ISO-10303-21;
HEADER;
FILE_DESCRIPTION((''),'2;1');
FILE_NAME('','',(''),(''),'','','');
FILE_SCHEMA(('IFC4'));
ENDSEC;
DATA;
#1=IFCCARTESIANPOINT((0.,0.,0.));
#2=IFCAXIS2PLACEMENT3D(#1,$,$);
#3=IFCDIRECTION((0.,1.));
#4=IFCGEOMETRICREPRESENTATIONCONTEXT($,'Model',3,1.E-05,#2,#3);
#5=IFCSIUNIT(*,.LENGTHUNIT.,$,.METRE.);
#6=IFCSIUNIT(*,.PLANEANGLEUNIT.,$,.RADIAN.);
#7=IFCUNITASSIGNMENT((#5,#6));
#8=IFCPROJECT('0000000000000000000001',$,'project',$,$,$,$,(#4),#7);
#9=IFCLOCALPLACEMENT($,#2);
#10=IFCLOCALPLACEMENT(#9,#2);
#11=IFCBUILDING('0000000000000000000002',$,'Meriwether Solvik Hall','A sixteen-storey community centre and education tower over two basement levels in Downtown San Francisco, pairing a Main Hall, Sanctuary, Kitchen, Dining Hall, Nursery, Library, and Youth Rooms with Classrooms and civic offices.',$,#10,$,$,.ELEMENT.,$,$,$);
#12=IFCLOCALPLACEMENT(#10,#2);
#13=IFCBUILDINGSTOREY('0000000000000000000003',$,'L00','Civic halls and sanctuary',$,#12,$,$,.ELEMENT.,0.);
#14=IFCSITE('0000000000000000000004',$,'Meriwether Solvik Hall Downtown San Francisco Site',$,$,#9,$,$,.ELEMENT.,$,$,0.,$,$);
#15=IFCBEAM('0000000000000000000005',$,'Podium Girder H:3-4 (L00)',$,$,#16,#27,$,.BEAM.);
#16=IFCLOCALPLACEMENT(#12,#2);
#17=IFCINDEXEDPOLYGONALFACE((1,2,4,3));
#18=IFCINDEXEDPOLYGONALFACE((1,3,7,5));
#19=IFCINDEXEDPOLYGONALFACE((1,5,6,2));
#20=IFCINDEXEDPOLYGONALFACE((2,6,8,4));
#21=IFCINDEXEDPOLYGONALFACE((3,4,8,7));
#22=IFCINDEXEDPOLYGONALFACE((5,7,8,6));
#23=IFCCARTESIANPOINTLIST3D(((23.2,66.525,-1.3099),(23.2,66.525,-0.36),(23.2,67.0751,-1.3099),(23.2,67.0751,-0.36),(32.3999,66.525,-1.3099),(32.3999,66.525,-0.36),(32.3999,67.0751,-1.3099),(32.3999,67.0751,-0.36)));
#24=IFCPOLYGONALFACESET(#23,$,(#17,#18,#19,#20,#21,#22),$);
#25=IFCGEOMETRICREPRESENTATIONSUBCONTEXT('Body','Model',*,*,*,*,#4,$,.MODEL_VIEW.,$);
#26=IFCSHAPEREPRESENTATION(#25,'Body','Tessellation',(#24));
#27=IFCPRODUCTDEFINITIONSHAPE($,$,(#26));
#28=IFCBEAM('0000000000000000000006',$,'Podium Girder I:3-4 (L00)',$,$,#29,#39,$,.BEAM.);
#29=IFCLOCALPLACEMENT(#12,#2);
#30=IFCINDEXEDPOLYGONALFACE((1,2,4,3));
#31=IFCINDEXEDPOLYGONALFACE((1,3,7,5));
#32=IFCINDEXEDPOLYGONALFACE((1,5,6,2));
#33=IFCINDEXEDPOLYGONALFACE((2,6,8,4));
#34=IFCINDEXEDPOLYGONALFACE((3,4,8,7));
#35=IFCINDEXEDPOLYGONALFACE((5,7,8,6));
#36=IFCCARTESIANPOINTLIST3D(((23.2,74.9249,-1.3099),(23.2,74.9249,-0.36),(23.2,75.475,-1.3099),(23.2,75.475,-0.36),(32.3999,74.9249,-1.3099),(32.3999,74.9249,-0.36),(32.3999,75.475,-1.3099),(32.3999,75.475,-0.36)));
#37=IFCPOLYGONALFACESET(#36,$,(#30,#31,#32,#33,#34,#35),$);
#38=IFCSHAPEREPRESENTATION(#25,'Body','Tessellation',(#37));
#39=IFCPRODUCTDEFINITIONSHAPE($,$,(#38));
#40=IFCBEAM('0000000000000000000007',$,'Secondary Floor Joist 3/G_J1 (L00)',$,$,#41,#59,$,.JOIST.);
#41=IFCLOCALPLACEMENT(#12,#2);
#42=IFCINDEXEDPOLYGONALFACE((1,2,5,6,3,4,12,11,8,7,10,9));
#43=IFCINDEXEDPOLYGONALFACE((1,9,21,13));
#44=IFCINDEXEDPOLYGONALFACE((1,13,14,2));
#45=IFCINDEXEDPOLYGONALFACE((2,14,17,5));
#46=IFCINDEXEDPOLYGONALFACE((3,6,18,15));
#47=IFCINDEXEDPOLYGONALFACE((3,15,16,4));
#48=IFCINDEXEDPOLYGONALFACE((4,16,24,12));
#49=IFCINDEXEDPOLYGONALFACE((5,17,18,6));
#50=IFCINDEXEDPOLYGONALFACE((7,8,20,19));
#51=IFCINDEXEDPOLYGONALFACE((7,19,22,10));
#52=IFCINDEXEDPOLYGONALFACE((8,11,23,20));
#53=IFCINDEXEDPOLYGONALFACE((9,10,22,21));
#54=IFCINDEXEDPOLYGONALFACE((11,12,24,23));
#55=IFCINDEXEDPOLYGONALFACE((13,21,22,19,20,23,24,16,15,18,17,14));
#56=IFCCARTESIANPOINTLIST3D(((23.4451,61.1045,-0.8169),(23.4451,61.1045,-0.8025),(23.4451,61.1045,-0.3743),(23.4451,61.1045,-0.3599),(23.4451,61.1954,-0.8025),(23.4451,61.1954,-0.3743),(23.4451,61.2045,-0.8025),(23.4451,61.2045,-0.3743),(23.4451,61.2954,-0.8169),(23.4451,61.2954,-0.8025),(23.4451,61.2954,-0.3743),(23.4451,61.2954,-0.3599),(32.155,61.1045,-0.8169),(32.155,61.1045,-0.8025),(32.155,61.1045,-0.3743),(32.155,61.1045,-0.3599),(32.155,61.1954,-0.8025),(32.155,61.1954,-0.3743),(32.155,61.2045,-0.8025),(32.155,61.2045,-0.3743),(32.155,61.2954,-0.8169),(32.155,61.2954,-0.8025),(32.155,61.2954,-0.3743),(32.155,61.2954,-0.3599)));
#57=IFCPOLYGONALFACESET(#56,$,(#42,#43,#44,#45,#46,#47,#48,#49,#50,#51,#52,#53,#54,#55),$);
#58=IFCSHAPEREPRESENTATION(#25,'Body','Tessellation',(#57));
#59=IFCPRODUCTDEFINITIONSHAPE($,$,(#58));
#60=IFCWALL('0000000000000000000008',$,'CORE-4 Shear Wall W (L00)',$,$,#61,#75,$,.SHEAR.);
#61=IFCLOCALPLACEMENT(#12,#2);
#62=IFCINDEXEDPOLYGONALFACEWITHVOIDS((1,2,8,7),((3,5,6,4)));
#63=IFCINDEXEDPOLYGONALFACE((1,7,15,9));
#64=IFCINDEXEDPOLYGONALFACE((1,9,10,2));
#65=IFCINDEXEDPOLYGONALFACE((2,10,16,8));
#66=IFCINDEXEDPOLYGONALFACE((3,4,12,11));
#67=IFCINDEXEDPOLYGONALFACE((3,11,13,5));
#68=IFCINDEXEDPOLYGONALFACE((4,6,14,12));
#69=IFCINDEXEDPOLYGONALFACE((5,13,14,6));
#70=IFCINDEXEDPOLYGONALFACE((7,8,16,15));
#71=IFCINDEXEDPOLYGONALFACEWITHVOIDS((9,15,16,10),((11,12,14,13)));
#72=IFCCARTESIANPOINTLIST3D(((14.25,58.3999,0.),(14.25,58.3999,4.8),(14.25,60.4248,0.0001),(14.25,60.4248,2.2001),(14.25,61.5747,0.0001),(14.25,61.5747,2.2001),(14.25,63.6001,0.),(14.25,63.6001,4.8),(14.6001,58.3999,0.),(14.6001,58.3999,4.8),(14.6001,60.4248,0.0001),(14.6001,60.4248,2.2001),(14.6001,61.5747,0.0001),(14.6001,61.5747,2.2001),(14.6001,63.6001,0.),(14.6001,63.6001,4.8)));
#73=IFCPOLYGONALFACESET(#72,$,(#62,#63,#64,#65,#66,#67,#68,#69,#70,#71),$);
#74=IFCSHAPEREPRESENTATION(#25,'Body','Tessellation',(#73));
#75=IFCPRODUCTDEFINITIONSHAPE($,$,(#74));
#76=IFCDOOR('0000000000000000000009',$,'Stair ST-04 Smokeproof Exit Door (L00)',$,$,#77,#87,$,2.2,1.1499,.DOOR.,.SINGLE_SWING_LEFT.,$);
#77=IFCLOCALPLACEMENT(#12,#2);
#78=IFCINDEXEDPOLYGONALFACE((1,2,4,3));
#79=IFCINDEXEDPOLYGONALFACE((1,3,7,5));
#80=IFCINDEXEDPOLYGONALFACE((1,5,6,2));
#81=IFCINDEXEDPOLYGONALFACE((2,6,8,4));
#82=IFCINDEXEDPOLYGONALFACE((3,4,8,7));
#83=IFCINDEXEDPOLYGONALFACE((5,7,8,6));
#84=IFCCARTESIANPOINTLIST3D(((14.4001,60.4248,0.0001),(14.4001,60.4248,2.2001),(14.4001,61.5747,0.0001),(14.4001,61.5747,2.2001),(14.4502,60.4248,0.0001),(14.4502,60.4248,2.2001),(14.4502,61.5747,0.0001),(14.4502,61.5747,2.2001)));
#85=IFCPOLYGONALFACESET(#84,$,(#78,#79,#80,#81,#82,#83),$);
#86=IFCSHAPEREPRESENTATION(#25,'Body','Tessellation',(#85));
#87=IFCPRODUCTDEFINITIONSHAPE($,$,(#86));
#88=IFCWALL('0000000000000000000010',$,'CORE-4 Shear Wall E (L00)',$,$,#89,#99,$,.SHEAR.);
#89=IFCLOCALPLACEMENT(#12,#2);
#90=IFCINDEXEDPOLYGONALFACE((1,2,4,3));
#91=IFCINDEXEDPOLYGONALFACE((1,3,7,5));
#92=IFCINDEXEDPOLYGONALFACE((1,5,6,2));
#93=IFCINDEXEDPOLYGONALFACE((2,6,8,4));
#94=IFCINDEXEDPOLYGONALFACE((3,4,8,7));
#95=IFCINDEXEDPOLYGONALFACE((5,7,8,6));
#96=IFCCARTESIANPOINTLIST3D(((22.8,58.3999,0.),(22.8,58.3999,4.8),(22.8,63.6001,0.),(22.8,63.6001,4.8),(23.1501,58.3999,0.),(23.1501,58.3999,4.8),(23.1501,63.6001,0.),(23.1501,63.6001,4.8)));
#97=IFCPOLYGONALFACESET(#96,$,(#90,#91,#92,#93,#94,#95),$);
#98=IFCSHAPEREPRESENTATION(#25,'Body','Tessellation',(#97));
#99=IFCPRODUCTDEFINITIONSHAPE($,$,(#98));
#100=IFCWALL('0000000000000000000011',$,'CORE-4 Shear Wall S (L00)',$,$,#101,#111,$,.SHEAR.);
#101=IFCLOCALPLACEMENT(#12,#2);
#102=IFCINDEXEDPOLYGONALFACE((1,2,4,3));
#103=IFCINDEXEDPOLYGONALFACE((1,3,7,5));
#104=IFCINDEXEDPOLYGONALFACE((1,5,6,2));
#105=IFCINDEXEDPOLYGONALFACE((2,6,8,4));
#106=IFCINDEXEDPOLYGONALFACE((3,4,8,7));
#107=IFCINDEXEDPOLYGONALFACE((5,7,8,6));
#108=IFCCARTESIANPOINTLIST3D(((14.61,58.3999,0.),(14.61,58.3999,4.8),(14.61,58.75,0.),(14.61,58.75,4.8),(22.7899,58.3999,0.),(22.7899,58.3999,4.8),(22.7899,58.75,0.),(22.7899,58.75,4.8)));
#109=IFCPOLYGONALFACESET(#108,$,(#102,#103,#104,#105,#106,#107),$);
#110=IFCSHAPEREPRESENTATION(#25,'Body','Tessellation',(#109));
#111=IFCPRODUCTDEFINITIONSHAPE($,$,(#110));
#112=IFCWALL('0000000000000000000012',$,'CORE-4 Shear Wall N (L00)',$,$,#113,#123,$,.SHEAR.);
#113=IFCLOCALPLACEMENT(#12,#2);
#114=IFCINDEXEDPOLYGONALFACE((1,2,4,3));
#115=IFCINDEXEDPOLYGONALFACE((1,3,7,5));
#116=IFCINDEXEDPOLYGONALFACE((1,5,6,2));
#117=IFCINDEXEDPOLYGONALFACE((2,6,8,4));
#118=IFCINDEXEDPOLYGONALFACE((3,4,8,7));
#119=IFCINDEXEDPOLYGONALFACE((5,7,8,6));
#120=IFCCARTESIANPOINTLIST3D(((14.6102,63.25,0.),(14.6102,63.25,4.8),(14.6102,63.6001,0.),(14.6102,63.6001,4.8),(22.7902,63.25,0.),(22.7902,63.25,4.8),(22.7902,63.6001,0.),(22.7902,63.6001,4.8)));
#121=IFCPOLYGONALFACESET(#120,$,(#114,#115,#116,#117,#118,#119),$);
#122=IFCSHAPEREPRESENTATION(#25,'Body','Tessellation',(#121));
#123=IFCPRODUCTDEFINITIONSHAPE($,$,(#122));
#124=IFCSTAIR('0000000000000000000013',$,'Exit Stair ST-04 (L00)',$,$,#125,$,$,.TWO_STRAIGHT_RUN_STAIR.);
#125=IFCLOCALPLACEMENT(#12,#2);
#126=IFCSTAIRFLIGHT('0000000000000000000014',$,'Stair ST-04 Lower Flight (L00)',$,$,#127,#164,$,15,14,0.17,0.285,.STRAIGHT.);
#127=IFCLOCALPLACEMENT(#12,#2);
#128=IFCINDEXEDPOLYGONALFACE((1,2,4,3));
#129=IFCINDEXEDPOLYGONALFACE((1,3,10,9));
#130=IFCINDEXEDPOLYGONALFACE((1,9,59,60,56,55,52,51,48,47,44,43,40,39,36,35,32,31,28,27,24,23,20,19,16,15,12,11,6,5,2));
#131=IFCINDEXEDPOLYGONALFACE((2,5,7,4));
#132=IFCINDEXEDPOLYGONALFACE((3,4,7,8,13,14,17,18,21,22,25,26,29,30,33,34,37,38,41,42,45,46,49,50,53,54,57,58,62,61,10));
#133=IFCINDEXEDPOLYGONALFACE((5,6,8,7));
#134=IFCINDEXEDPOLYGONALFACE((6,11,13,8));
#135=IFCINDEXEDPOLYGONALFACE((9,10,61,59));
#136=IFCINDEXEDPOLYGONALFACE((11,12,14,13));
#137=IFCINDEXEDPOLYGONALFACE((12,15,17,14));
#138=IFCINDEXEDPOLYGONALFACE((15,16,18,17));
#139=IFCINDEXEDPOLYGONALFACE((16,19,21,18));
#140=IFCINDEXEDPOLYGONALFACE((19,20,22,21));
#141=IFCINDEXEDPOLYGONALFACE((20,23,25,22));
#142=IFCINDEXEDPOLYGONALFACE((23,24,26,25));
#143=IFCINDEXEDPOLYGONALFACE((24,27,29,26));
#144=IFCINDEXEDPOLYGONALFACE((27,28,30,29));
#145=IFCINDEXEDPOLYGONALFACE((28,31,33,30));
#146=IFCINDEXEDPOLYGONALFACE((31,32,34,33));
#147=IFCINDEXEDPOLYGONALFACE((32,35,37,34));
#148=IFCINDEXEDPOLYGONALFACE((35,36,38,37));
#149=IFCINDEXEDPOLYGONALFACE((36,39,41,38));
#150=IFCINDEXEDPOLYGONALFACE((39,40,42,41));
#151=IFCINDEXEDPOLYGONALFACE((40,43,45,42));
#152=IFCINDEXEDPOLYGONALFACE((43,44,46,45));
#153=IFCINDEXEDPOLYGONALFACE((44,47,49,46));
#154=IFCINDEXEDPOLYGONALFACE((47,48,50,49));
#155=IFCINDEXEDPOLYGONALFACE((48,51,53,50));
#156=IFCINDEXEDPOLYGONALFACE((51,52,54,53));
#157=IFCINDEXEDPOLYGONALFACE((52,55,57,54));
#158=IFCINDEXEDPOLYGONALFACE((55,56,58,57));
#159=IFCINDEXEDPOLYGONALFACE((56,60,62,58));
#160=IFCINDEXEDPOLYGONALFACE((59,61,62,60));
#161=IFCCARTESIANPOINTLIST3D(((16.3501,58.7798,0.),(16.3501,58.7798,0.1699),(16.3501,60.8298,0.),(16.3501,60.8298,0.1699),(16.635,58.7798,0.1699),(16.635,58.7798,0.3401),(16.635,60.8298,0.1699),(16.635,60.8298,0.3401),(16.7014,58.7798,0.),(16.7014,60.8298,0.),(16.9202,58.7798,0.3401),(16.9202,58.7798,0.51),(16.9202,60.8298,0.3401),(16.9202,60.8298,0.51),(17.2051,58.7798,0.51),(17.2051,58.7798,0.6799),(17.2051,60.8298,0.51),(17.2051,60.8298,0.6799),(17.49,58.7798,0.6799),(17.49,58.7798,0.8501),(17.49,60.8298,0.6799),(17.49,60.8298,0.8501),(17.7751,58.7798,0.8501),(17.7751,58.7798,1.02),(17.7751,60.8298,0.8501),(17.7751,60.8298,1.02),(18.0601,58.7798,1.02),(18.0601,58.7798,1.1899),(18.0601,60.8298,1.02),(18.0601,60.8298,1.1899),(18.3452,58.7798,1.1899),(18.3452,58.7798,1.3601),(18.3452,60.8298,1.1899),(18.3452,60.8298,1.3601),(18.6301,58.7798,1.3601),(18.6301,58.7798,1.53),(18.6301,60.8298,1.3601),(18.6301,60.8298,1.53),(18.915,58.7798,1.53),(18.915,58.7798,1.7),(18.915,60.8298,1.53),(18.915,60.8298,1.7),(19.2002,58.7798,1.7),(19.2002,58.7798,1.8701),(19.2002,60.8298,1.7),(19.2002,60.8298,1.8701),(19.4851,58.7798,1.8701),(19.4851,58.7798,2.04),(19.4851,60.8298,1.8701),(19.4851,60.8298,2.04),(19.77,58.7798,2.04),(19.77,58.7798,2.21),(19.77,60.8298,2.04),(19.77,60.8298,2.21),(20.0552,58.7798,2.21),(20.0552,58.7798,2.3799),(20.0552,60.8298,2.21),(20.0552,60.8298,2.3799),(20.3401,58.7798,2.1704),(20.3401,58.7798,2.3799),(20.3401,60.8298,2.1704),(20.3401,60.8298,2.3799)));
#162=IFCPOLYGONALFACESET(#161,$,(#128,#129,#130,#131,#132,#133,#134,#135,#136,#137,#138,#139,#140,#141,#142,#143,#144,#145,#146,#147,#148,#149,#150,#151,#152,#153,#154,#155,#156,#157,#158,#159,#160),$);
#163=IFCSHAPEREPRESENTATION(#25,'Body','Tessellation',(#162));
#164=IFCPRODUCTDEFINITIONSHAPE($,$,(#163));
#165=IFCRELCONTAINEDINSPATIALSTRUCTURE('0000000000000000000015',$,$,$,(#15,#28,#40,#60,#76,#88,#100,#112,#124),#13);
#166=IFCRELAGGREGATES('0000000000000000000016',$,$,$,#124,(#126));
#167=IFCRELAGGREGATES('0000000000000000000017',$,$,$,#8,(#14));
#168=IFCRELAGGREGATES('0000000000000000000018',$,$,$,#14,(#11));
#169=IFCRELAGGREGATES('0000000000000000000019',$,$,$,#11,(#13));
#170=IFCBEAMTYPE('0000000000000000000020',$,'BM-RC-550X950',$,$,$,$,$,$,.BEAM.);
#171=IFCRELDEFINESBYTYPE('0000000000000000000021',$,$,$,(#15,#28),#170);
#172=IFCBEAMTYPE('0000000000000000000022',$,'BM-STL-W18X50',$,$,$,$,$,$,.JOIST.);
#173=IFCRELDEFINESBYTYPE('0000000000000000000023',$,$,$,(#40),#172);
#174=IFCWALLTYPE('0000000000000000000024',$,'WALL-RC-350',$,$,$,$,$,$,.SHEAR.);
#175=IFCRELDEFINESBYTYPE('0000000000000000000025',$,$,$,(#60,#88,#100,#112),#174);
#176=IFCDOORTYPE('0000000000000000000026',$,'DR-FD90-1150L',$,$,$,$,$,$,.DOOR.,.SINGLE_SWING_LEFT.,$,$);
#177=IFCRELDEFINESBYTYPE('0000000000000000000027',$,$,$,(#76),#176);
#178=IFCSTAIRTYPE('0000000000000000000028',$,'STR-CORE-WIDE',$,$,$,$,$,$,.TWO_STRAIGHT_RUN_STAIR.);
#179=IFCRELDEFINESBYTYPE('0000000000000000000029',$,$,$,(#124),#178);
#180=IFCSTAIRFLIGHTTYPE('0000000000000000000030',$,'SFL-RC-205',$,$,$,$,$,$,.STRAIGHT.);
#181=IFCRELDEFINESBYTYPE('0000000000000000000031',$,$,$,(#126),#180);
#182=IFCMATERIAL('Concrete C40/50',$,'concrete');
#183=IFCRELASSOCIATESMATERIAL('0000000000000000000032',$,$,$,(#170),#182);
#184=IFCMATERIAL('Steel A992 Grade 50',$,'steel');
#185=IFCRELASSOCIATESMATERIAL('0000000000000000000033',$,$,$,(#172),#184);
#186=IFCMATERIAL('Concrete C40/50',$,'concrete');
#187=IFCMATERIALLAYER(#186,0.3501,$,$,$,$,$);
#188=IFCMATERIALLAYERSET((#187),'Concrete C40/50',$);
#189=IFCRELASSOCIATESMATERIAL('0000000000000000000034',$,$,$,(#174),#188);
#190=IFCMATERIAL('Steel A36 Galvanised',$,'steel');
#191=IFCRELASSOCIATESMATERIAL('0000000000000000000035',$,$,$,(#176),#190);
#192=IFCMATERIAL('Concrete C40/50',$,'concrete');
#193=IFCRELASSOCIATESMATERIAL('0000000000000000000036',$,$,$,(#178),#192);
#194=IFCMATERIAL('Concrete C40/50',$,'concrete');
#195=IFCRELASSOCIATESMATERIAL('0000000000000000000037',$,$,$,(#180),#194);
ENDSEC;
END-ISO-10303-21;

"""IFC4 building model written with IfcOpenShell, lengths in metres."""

from ifc_helpers import new_model, si_unit, direction, frame, frame_2d, origin, origin_2d, place, context, subcontext, project, spatial, polyline, rectangle, i_section, outline, extrude, material, layer, layer_set, material_profile, profile_set, type_object, element, fill, aggregate, save


model = new_model("IFC4")

# Units and contexts
model_context = context("Model", 3, precision=1e-05, world=origin(), true_north=direction((0.0, 1.0)))
body_context = subcontext(model_context, "Body", "Model", "MODEL_VIEW")
ifc_project = project(units=[si_unit("LENGTHUNIT", "METRE"), si_unit("PLANEANGLEUNIT", "RADIAN")], contexts=[model_context])

# Site, building, storey
site_placement = place(None, origin())
site = spatial("IfcSite", under=ifc_project, at=site_placement, Name="Meriwether Solvik Hall Downtown San Francisco Site", CompositionType="ELEMENT", RefElevation=0.0)
building_placement = place(site_placement, origin())
building = spatial("IfcBuilding", under=site, at=building_placement, Name="Meriwether Solvik Hall", Description="A sixteen-storey community centre and education tower over two basement levels in Downtown San Francisco, pairing a Main Hall, Sanctuary, Kitchen, Dining Hall, Nursery, Library, and Youth Rooms with Classrooms and civic offices.", CompositionType="ELEMENT")
storey_placement = place(building_placement, origin())
storey = spatial("IfcBuildingStorey", under=building, at=storey_placement, Name="L00", Description="Civic halls and sanctuary", CompositionType="ELEMENT", Elevation=0.0)

# Beams
ifc_material_1 = material(Name="Concrete C40/50", Category="concrete")
ifc_material_profile_1 = material_profile(ifc_material_1, rectangle(XDim=0.55, YDim=0.95, at=origin_2d()), Name="RCB-550X950")
ifc_profile_set_1 = profile_set([ifc_material_profile_1], Name="Concrete C40/50")
beam_type_1 = type_object("IfcBeamType", Name="BM-RC-550X950", PredefinedType="BEAM", material=ifc_profile_set_1)
for number, where, z_axis, x_axis, name in (
    (1, (23.2, 66.8, -0.835), (1.0, 0.0, 0.0), (0.0, 1.0, 0.0), "Podium Girder H:3-4 (L00)"),
    (2, (23.2, 75.2, -0.835), (1.0, 0.0, 0.0), (0.0, 1.0, 0.0), "Podium Girder I:3-4 (L00)"),
):
    element("IfcBeam", number, at=place(storey_placement, frame(where, z_axis=z_axis, x_axis=x_axis)), inside=storey, type_object=beam_type_1, Name=name, PredefinedType="BEAM", context=body_context, shape_type="SweptSolid", body=[
        extrude(rectangle(XDim=0.55, YDim=0.95, at=origin_2d()), origin(), (0.0, 0.0, 1.0), 9.2),
    ])
ifc_material_2 = material(Name="Steel A992 Grade 50", Category="steel")
ifc_material_profile_2 = material_profile(ifc_material_2, i_section(OverallWidth=0.1909, OverallDepth=0.457, WebThickness=0.009, FlangeThickness=0.0144, at=origin_2d()), Name="W18X50")
ifc_profile_set_2 = profile_set([ifc_material_profile_2], Name="Steel A992 Grade 50")
beam_type_2 = type_object("IfcBeamType", Name="BM-STL-W18X50", PredefinedType="JOIST", material=ifc_profile_set_2)
beam_1_placement = place(storey_placement, frame((23.4451, 61.2, -0.5884), z_axis=(1.0, 0.0, 0.0), x_axis=(0.0, 1.0, 0.0)))
element("IfcBeam", 3, at=beam_1_placement, inside=storey, type_object=beam_type_2, Name="Secondary Floor Joist 3/G_J1 (L00)", PredefinedType="JOIST", context=body_context, shape_type="SweptSolid", body=[
    extrude(i_section(OverallWidth=0.1909, OverallDepth=0.457, WebThickness=0.009, FlangeThickness=0.0144, at=origin_2d()), origin(), (0.0, 0.0, 1.0), 8.71),
])

# Wall, opening, door
ifc_material_3 = material(Name="Concrete C40/50", Category="concrete")
ifc_layer_1 = layer(ifc_material_3, 0.3501)
ifc_layer_set_1 = layer_set([ifc_layer_1], Name="Concrete C40/50")
wall_type = type_object("IfcWallType", Name="WALL-RC-350", PredefinedType="SHEAR", material=ifc_layer_set_1)
wall_1_placement = place(storey_placement, frame((14.425, 58.3999, 0.0), z_axis=(0.0, 0.0, 1.0), x_axis=(0.0, 1.0, 0.0)))
wall_1 = element("IfcWall", 4, at=wall_1_placement, inside=storey, type_object=wall_type, Name="CORE-4 Shear Wall W (L00)", PredefinedType="SHEAR", context=body_context, shape_type="SweptSolid", body=[
    extrude(rectangle(XDim=5.2002, YDim=0.3501, at=frame_2d((2.6001, 0.0))), origin(), (0.0, 0.0, 1.0), 4.8),
])
opening_placement = place(wall_1_placement, frame((2.0249, 0.0, 0.0)))
opening = element("IfcOpeningElement", 5, at=opening_placement, cuts=wall_1, PredefinedType="OPENING", context=body_context, shape_type="SweptSolid", body=[
    extrude(rectangle(XDim=1.1499, YDim=2.2, at=frame_2d((0.575, 1.1001))), frame((0.0, 0.187, 0.0), z_axis=(0.0, -1.0, 0.0), x_axis=(1.0, 0.0, 0.0)), (0.0, 0.0, 1.0), 0.374),
])
ifc_material_4 = material(Name="Steel A36 Galvanised", Category="steel")
door_type = type_object("IfcDoorType", Name="DR-FD90-1150L", OperationType="SINGLE_SWING_LEFT", PredefinedType="DOOR", material=ifc_material_4)
door_placement = place(opening_placement, origin())
door = element("IfcDoor", 6, at=door_placement, inside=storey, type_object=door_type, Name="Stair ST-04 Smokeproof Exit Door (L00)", OperationType="SINGLE_SWING_LEFT", OverallHeight=2.2, OverallWidth=1.1499, PredefinedType="DOOR", context=body_context, shape_type="SweptSolid", body=[
    extrude(rectangle(XDim=1.1499, YDim=2.2, at=frame_2d((0.575, 1.1001))), frame((0.0, 0.0249, 0.0), z_axis=(0.0, -1.0, 0.0), x_axis=(1.0, 0.0, 0.0)), (0.0, 0.0, 1.0), 0.05),
])
fill(opening, door)

# Walls
wall_2_placement = place(storey_placement, frame((22.9751, 58.3999, 0.0), z_axis=(0.0, 0.0, 1.0), x_axis=(0.0, 1.0, 0.0)))
element("IfcWall", 7, at=wall_2_placement, inside=storey, type_object=wall_type, Name="CORE-4 Shear Wall E (L00)", PredefinedType="SHEAR", context=body_context, shape_type="SweptSolid", body=[
    extrude(rectangle(XDim=5.2002, YDim=0.3501, at=frame_2d((2.6001, 0.0))), origin(), (0.0, 0.0, 1.0), 4.8),
])
for number, where, z_axis, x_axis, name in (
    (8, (14.6101, 58.575, 0.0), (0.0, 0.0, 1.0), (1.0, 0.0, 0.0), "CORE-4 Shear Wall S (L00)"),
    (9, (22.79, 63.425, 0.0), (0.0, 0.0, 1.0), (-1.0, 0.0, 0.0), "CORE-4 Shear Wall N (L00)"),
):
    element("IfcWall", number, at=place(storey_placement, frame(where, z_axis=z_axis, x_axis=x_axis)), inside=storey, type_object=wall_type, Name=name, PredefinedType="SHEAR", context=body_context, shape_type="SweptSolid", body=[
        extrude(rectangle(XDim=8.1799, YDim=0.3501, at=frame_2d((4.0898, 0.0))), origin(), (0.0, 0.0, 1.0), 4.8),
    ])

# Stair, stair flight
ifc_material_5 = material(Name="Concrete C40/50", Category="concrete")
stair_type = type_object("IfcStairType", Name="STR-CORE-WIDE", PredefinedType="TWO_STRAIGHT_RUN_STAIR", material=ifc_material_5)
stair_placement = place(storey_placement, origin())
stair = element("IfcStair", 10, at=stair_placement, inside=storey, type_object=stair_type, Name="Exit Stair ST-04 (L00)", PredefinedType="TWO_STRAIGHT_RUN_STAIR")
ifc_material_6 = material(Name="Concrete C40/50", Category="concrete")
stair_flight_type = type_object("IfcStairFlightType", Name="SFL-RC-205", PredefinedType="STRAIGHT", material=ifc_material_6)
stair_flight_1_placement = place(storey_placement, frame((16.3501, 59.8049, 0.0), z_axis=(0.0, 0.0, 1.0), x_axis=(1.0, 0.0, 0.0)))
stair_flight_1 = element("IfcStairFlight", 11, at=stair_flight_1_placement, type_object=stair_flight_type, Name="Stair ST-04 Lower Flight (L00)", NumberOfRisers=15, NumberOfTreads=14, PredefinedType="STRAIGHT", RiserHeight=0.17, TreadLength=0.285, context=body_context, shape_type="SweptSolid", body=[
    extrude(outline(polyline([(0.0, 0.0), (0.0, 0.1699), (0.2849, 0.1699), (0.2849, 0.3401), (0.5701, 0.3401), (0.5701, 0.51), (0.855, 0.51), (0.855, 0.6799), (1.1399, 0.6799), (1.1399, 0.8501), (1.425, 0.8501), (1.425, 1.02), (1.71, 1.02), (1.71, 1.1899), (1.9951, 1.1899), (1.9951, 1.3601), (2.28, 1.3601), (2.28, 1.53), (2.5649, 1.53), (2.5649, 1.7), (2.8501, 1.7), (2.8501, 1.8701), (3.135, 1.8701), (3.135, 2.04), (3.4199, 2.04), (3.4199, 2.21), (3.7051, 2.21), (3.7051, 2.3799), (3.99, 2.3799), (3.99, 2.55), (3.99, 2.1704), (0.3513, 0.0), (0.0, 0.0)])), frame((0.0, 1.0249, 0.0), z_axis=(0.0, -1.0, 0.0), x_axis=(1.0, 0.0, 0.0)), (0.0, 0.0, 1.0), 2.05),
])
aggregate(stair, [stair_flight_1])

save(model, "model.ifc")
